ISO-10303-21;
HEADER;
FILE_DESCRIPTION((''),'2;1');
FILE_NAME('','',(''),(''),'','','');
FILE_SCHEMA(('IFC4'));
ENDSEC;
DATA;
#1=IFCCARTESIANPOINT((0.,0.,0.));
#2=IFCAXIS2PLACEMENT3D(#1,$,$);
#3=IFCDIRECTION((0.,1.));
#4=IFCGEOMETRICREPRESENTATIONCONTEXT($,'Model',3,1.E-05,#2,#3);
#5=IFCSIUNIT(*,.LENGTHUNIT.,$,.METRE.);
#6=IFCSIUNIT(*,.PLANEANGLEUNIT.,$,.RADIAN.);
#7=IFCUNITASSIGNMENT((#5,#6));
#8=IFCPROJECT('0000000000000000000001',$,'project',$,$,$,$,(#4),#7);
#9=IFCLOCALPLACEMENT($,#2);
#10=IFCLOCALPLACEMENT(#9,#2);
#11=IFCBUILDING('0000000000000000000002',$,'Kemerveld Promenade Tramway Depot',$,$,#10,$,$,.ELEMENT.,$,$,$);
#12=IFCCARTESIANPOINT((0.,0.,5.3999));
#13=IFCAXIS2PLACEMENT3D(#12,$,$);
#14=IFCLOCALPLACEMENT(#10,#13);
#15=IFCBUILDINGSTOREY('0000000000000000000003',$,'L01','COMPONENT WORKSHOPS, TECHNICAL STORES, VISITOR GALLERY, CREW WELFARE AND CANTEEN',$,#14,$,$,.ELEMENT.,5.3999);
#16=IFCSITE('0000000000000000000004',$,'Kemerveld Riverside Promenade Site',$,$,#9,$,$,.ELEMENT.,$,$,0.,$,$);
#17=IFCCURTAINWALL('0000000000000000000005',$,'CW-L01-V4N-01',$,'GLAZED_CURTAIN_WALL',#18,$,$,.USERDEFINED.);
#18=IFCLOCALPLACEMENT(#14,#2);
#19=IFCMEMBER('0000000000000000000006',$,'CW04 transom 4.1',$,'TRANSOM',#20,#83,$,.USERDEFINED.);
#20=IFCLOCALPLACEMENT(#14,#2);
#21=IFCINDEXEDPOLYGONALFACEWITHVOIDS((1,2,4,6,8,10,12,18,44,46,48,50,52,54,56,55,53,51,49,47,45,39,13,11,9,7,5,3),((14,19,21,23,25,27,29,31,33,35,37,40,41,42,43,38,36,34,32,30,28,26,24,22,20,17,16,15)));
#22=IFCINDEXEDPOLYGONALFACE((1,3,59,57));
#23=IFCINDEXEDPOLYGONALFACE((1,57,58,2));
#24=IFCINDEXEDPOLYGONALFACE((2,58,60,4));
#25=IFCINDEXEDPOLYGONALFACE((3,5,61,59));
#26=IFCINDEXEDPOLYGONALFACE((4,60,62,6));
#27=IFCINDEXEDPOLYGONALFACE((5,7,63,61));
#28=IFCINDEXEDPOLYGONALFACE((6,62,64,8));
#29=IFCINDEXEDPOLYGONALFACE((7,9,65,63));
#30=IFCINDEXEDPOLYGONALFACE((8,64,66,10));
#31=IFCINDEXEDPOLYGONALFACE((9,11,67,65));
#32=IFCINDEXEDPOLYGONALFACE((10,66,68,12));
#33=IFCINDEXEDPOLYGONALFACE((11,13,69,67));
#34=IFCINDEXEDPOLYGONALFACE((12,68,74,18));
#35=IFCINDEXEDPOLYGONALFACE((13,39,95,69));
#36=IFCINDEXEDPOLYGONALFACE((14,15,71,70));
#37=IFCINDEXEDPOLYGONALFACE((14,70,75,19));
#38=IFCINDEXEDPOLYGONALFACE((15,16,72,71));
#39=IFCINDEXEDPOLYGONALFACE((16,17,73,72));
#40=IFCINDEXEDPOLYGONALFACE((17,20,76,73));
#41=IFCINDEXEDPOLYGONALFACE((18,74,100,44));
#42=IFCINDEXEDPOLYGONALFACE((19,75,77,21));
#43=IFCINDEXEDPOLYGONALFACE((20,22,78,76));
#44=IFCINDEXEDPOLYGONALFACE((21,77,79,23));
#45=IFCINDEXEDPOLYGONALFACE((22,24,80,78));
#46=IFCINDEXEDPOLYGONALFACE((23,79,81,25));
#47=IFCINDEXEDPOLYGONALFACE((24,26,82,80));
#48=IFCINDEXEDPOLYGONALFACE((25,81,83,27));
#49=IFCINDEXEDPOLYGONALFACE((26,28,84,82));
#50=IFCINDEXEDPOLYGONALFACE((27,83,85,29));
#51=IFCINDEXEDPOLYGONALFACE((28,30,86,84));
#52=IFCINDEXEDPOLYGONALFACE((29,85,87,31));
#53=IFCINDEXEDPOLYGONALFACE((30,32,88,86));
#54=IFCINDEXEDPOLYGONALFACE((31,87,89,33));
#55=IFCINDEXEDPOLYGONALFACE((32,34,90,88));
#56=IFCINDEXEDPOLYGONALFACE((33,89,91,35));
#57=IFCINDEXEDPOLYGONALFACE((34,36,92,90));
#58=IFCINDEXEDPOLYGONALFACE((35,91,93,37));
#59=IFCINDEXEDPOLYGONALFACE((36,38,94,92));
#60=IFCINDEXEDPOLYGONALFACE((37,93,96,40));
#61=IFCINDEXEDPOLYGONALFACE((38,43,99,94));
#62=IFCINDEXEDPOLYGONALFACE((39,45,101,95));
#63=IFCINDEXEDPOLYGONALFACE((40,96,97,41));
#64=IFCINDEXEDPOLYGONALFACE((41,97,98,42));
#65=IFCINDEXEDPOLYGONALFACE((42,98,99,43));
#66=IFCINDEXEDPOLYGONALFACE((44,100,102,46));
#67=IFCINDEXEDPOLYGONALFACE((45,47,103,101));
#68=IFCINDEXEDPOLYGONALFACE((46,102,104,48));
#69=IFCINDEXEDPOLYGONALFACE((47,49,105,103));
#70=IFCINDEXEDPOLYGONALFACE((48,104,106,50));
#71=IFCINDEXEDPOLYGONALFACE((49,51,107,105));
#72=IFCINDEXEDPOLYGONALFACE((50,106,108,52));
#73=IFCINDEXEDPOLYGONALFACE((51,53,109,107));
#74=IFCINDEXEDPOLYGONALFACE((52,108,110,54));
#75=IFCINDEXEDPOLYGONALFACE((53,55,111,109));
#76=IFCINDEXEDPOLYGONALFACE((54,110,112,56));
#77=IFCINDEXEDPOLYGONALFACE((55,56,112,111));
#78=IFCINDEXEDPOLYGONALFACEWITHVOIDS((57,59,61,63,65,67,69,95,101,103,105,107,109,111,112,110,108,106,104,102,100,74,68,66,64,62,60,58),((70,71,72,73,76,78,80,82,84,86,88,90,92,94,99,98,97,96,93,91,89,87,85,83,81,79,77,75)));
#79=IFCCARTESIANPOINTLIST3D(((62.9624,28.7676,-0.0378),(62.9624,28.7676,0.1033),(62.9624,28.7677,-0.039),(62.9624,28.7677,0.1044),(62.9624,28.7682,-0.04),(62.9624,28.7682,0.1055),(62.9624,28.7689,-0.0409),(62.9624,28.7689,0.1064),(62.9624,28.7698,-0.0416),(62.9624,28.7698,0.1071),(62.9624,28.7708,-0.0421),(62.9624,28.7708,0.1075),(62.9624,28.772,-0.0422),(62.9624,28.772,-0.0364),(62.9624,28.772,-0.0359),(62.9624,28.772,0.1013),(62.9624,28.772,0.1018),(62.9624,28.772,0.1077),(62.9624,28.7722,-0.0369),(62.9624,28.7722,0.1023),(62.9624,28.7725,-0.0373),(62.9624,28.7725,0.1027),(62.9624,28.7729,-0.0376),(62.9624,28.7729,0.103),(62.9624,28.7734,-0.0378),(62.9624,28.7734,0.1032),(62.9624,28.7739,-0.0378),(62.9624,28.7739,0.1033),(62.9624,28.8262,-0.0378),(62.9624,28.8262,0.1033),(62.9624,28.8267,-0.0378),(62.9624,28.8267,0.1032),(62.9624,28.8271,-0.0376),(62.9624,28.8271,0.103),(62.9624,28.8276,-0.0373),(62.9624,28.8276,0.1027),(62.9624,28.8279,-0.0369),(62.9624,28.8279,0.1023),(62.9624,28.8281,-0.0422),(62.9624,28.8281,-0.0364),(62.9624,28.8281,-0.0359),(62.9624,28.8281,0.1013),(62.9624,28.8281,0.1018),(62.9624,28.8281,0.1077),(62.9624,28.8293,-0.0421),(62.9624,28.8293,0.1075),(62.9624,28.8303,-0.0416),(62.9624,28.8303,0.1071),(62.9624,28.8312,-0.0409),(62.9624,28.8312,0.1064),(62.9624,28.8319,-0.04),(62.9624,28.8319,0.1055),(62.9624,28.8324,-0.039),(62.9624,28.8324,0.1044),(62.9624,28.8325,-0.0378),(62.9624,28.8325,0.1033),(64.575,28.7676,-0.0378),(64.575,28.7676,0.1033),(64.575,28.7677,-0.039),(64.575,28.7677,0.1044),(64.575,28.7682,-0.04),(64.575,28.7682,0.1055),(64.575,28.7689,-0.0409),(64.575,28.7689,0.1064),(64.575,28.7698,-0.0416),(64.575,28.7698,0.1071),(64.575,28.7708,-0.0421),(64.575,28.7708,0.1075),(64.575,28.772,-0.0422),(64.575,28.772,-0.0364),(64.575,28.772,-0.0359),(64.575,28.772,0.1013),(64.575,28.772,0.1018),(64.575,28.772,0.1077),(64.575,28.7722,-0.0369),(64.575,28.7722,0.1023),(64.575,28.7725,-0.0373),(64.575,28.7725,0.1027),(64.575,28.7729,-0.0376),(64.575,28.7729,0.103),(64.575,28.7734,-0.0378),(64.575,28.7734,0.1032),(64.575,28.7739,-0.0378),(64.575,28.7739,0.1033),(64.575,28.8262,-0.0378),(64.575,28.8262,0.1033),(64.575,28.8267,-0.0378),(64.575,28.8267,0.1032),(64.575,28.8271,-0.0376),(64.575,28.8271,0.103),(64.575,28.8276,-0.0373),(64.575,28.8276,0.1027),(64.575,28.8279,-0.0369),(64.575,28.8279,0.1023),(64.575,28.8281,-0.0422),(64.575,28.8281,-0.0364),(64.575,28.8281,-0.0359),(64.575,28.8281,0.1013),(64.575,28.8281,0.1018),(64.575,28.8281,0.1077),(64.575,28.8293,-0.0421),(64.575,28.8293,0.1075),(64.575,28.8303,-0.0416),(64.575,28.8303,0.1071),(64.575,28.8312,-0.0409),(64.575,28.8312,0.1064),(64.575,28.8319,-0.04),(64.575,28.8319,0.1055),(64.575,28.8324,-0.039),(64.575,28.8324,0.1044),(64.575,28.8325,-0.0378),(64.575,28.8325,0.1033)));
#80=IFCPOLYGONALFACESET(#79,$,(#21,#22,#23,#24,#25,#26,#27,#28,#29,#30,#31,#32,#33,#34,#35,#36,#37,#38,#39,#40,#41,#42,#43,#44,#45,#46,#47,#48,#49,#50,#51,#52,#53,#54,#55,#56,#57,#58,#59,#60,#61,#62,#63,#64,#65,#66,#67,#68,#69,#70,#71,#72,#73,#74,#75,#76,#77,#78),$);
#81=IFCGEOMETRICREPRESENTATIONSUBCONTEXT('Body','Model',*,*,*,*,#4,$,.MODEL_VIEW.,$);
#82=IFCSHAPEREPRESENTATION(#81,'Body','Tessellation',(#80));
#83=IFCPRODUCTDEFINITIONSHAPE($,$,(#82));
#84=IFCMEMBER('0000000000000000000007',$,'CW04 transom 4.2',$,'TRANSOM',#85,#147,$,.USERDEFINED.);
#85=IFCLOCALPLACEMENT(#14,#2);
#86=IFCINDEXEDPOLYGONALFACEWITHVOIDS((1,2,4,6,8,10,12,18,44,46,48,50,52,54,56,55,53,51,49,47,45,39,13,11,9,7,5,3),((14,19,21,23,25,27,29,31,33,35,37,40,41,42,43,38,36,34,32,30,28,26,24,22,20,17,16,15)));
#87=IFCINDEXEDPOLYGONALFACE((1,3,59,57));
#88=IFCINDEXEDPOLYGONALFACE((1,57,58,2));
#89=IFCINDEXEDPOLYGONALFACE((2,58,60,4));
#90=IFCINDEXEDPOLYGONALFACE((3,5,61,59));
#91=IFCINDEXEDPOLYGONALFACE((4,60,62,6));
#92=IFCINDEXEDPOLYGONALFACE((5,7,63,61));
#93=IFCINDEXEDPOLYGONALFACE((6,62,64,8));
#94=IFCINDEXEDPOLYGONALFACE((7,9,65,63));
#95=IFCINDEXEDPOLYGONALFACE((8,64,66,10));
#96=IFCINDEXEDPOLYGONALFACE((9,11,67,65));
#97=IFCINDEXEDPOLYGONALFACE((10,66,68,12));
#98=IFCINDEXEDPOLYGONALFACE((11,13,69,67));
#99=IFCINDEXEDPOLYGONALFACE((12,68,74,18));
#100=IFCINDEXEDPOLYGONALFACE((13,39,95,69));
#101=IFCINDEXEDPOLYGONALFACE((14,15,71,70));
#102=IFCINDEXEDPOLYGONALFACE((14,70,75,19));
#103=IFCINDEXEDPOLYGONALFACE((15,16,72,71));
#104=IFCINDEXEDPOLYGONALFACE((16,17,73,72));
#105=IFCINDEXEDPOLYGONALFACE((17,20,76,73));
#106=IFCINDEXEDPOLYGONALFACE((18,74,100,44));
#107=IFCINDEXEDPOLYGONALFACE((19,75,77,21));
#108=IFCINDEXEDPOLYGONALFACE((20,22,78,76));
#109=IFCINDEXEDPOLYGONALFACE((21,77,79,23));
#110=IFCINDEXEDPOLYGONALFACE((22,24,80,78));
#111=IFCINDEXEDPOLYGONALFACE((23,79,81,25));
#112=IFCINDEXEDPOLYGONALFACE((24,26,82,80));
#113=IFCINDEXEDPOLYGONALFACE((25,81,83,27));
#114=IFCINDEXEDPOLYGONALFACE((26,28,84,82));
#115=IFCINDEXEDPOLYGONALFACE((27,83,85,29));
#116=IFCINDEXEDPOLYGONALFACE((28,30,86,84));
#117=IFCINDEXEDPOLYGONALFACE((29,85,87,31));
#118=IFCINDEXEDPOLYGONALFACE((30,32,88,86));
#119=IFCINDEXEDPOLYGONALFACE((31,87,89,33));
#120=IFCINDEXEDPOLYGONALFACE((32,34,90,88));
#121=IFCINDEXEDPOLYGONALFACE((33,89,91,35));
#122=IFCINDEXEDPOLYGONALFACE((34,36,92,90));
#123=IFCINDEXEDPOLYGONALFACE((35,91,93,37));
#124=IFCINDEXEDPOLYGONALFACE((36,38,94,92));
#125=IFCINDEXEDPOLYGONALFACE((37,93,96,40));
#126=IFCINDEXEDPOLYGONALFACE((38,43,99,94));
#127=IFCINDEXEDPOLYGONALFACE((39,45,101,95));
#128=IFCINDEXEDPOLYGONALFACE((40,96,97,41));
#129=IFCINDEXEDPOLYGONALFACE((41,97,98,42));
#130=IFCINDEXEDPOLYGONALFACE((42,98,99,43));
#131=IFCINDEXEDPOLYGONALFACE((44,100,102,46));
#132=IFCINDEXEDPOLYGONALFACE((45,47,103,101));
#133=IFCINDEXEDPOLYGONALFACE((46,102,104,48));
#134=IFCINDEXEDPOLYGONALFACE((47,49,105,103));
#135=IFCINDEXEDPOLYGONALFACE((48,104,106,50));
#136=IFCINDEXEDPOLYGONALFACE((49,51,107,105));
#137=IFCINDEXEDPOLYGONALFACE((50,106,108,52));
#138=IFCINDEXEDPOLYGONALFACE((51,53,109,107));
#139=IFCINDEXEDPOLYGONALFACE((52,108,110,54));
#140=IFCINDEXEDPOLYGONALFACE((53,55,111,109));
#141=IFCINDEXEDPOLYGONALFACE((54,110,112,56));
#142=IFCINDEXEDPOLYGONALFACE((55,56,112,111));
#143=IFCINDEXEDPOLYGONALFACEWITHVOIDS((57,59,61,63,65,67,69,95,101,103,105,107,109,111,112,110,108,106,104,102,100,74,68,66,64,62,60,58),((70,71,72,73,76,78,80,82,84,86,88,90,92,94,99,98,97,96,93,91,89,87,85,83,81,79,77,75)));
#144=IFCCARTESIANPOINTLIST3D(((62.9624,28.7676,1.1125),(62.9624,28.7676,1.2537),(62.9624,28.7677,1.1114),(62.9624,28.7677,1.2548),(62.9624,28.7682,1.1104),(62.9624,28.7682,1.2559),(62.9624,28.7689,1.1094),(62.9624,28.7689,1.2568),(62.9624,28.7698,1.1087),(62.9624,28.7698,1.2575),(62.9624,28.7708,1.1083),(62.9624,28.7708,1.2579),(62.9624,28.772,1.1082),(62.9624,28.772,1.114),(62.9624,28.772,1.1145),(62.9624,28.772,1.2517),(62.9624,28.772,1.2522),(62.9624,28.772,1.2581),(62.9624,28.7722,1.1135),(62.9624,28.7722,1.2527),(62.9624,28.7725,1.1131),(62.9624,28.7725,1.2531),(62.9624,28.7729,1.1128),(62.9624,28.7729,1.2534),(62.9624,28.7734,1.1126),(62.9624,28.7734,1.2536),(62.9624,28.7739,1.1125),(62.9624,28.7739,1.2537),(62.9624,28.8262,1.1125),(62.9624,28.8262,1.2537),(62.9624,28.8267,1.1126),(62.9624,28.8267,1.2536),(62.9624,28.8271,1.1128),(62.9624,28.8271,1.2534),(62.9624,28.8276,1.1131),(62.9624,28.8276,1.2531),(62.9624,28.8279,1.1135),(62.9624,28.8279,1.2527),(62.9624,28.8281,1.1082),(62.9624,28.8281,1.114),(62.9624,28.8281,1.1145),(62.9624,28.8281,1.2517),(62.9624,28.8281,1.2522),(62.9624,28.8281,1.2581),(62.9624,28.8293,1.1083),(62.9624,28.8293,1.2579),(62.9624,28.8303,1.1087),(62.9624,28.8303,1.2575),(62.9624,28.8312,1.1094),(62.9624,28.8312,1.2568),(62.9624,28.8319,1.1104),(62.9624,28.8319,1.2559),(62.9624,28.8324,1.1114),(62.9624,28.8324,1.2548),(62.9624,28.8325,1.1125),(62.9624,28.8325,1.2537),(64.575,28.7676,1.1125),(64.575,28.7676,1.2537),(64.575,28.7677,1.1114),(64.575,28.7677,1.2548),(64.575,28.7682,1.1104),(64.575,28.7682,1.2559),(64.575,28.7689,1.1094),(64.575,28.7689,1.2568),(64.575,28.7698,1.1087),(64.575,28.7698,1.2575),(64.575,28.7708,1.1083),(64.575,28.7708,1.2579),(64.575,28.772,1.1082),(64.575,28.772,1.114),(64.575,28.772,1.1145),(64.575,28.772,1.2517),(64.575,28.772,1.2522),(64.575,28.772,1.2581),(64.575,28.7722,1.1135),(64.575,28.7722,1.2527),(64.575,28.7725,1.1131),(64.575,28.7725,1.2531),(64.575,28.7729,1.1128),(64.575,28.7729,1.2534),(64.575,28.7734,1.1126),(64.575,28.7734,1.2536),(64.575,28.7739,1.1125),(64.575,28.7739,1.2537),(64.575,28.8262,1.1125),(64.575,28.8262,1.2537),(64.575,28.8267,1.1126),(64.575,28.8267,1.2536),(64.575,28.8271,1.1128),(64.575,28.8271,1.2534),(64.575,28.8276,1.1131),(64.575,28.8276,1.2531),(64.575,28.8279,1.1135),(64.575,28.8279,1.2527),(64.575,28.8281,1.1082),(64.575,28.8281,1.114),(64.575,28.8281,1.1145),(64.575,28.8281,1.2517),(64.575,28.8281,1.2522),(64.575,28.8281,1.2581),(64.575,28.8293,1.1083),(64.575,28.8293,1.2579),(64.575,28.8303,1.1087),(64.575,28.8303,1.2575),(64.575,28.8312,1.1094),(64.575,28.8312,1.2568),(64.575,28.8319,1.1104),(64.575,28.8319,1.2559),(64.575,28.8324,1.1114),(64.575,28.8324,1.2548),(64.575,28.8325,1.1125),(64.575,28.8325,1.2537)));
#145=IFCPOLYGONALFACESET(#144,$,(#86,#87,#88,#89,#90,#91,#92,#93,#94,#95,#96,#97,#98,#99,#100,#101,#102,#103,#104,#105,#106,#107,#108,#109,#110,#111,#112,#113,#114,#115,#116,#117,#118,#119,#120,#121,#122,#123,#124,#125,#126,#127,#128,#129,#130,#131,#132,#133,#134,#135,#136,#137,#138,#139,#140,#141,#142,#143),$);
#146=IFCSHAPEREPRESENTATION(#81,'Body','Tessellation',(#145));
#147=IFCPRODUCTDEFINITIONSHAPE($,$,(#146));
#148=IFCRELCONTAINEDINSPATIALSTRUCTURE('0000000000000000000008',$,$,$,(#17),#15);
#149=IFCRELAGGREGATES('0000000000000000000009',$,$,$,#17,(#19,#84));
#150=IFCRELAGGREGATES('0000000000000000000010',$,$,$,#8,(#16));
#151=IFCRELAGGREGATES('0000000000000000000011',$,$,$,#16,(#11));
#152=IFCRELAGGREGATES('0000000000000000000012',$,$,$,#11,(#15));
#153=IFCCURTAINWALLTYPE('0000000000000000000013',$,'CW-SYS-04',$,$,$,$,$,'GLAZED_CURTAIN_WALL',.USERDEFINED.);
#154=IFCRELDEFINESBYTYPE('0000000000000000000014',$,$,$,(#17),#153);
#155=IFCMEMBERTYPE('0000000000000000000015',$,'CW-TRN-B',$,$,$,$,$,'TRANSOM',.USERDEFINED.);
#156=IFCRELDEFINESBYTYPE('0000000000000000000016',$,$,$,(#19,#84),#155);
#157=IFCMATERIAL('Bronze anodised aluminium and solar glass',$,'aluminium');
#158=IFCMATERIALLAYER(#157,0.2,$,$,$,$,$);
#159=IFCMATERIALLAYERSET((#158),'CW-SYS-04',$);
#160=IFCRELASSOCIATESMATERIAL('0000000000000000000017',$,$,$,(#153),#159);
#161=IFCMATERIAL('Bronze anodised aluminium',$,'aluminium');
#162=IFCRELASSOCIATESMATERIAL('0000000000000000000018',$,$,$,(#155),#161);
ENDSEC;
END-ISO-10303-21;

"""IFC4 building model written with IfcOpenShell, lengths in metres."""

from ifc_helpers import new_model, si_unit, direction, frame, origin, origin_2d, place, context, subcontext, project, spatial, hollow_rectangle, extrude, material, layer, layer_set, material_profile, profile_set, type_object, element, aggregate, save


model = new_model("IFC4")

# Units and contexts
model_context = context("Model", 3, precision=1e-05, world=origin(), true_north=direction((0.0, 1.0)))
body_context = subcontext(model_context, "Body", "Model", "MODEL_VIEW")
ifc_project = project(units=[si_unit("LENGTHUNIT", "METRE"), si_unit("PLANEANGLEUNIT", "RADIAN")], contexts=[model_context])

# Site, building, storey
site_placement = place(None, origin())
site = spatial("IfcSite", under=ifc_project, at=site_placement, Name="Kemerveld Riverside Promenade Site", CompositionType="ELEMENT", RefElevation=0.0)
building_placement = place(site_placement, origin())
building = spatial("IfcBuilding", under=site, at=building_placement, Name="Kemerveld Promenade Tramway Depot", CompositionType="ELEMENT")
storey_placement = place(building_placement, frame((0.0, 0.0, 5.3999)))
storey = spatial("IfcBuildingStorey", under=building, at=storey_placement, Name="L01", Description="COMPONENT WORKSHOPS, TECHNICAL STORES, VISITOR GALLERY, CREW WELFARE AND CANTEEN", CompositionType="ELEMENT", Elevation=5.3999)

# Curtain wall
ifc_material_1 = material(Name="Bronze anodised aluminium and solar glass", Category="aluminium")
ifc_layer_1 = layer(ifc_material_1, 0.2)
ifc_layer_set_1 = layer_set([ifc_layer_1], Name="CW-SYS-04")
curtain_wall_type_1 = type_object("IfcCurtainWallType", Name="CW-SYS-04", ElementType="GLAZED_CURTAIN_WALL", PredefinedType="USERDEFINED", material=ifc_layer_set_1)
curtain_wall_1_placement = place(storey_placement, origin())
curtain_wall_1 = element("IfcCurtainWall", 1, at=curtain_wall_1_placement, inside=storey, type_object=curtain_wall_type_1, Name="CW-L01-V4N-01", ObjectType="GLAZED_CURTAIN_WALL", PredefinedType="USERDEFINED")
ifc_material_2 = material(Name="Bronze anodised aluminium", Category="aluminium")

# Members
ifc_material_profile_1 = material_profile(ifc_material_2, hollow_rectangle(XDim=0.0649, YDim=0.1499, WallThickness=0.0044, InnerFilletRadius=0.002, OuterFilletRadius=0.0044, at=origin_2d()), Name="CW-TRN-150x65")
ifc_profile_set_1 = profile_set([ifc_material_profile_1], Name="Bronze anodised aluminium")
member_type_1 = type_object("IfcMemberType", Name="CW-TRN-B", ElementType="TRANSOM", PredefinedType="USERDEFINED", material=ifc_profile_set_1)
member_1_placement = place(storey_placement, frame((62.9624, 28.8, 0.0327), z_axis=(1.0, 0.0, 0.0), x_axis=(0.0, 1.0, 0.0)))
member_1 = element("IfcMember", 2, at=member_1_placement, type_object=member_type_1, Name="CW04 transom 4.1", ObjectType="TRANSOM", PredefinedType="USERDEFINED", context=body_context, shape_type="SweptSolid", body=[
    extrude(hollow_rectangle(XDim=0.0649, YDim=0.1499, WallThickness=0.0044, InnerFilletRadius=0.002, OuterFilletRadius=0.0044, at=origin_2d()), origin(), (0.0, 0.0, 1.0), 1.6125),
])
member_2_placement = place(storey_placement, frame((62.9624, 28.8, 1.1831), z_axis=(1.0, 0.0, 0.0), x_axis=(0.0, 1.0, 0.0)))
member_2 = element("IfcMember", 3, at=member_2_placement, type_object=member_type_1, Name="CW04 transom 4.2", ObjectType="TRANSOM", PredefinedType="USERDEFINED", context=body_context, shape_type="SweptSolid", body=[
    extrude(hollow_rectangle(XDim=0.0649, YDim=0.1499, WallThickness=0.0044, InnerFilletRadius=0.002, OuterFilletRadius=0.0044, at=origin_2d()), origin(), (0.0, 0.0, 1.0), 1.6125),
])

aggregate(curtain_wall_1, [member_1, member_2])

save(model, "model.ifc")
